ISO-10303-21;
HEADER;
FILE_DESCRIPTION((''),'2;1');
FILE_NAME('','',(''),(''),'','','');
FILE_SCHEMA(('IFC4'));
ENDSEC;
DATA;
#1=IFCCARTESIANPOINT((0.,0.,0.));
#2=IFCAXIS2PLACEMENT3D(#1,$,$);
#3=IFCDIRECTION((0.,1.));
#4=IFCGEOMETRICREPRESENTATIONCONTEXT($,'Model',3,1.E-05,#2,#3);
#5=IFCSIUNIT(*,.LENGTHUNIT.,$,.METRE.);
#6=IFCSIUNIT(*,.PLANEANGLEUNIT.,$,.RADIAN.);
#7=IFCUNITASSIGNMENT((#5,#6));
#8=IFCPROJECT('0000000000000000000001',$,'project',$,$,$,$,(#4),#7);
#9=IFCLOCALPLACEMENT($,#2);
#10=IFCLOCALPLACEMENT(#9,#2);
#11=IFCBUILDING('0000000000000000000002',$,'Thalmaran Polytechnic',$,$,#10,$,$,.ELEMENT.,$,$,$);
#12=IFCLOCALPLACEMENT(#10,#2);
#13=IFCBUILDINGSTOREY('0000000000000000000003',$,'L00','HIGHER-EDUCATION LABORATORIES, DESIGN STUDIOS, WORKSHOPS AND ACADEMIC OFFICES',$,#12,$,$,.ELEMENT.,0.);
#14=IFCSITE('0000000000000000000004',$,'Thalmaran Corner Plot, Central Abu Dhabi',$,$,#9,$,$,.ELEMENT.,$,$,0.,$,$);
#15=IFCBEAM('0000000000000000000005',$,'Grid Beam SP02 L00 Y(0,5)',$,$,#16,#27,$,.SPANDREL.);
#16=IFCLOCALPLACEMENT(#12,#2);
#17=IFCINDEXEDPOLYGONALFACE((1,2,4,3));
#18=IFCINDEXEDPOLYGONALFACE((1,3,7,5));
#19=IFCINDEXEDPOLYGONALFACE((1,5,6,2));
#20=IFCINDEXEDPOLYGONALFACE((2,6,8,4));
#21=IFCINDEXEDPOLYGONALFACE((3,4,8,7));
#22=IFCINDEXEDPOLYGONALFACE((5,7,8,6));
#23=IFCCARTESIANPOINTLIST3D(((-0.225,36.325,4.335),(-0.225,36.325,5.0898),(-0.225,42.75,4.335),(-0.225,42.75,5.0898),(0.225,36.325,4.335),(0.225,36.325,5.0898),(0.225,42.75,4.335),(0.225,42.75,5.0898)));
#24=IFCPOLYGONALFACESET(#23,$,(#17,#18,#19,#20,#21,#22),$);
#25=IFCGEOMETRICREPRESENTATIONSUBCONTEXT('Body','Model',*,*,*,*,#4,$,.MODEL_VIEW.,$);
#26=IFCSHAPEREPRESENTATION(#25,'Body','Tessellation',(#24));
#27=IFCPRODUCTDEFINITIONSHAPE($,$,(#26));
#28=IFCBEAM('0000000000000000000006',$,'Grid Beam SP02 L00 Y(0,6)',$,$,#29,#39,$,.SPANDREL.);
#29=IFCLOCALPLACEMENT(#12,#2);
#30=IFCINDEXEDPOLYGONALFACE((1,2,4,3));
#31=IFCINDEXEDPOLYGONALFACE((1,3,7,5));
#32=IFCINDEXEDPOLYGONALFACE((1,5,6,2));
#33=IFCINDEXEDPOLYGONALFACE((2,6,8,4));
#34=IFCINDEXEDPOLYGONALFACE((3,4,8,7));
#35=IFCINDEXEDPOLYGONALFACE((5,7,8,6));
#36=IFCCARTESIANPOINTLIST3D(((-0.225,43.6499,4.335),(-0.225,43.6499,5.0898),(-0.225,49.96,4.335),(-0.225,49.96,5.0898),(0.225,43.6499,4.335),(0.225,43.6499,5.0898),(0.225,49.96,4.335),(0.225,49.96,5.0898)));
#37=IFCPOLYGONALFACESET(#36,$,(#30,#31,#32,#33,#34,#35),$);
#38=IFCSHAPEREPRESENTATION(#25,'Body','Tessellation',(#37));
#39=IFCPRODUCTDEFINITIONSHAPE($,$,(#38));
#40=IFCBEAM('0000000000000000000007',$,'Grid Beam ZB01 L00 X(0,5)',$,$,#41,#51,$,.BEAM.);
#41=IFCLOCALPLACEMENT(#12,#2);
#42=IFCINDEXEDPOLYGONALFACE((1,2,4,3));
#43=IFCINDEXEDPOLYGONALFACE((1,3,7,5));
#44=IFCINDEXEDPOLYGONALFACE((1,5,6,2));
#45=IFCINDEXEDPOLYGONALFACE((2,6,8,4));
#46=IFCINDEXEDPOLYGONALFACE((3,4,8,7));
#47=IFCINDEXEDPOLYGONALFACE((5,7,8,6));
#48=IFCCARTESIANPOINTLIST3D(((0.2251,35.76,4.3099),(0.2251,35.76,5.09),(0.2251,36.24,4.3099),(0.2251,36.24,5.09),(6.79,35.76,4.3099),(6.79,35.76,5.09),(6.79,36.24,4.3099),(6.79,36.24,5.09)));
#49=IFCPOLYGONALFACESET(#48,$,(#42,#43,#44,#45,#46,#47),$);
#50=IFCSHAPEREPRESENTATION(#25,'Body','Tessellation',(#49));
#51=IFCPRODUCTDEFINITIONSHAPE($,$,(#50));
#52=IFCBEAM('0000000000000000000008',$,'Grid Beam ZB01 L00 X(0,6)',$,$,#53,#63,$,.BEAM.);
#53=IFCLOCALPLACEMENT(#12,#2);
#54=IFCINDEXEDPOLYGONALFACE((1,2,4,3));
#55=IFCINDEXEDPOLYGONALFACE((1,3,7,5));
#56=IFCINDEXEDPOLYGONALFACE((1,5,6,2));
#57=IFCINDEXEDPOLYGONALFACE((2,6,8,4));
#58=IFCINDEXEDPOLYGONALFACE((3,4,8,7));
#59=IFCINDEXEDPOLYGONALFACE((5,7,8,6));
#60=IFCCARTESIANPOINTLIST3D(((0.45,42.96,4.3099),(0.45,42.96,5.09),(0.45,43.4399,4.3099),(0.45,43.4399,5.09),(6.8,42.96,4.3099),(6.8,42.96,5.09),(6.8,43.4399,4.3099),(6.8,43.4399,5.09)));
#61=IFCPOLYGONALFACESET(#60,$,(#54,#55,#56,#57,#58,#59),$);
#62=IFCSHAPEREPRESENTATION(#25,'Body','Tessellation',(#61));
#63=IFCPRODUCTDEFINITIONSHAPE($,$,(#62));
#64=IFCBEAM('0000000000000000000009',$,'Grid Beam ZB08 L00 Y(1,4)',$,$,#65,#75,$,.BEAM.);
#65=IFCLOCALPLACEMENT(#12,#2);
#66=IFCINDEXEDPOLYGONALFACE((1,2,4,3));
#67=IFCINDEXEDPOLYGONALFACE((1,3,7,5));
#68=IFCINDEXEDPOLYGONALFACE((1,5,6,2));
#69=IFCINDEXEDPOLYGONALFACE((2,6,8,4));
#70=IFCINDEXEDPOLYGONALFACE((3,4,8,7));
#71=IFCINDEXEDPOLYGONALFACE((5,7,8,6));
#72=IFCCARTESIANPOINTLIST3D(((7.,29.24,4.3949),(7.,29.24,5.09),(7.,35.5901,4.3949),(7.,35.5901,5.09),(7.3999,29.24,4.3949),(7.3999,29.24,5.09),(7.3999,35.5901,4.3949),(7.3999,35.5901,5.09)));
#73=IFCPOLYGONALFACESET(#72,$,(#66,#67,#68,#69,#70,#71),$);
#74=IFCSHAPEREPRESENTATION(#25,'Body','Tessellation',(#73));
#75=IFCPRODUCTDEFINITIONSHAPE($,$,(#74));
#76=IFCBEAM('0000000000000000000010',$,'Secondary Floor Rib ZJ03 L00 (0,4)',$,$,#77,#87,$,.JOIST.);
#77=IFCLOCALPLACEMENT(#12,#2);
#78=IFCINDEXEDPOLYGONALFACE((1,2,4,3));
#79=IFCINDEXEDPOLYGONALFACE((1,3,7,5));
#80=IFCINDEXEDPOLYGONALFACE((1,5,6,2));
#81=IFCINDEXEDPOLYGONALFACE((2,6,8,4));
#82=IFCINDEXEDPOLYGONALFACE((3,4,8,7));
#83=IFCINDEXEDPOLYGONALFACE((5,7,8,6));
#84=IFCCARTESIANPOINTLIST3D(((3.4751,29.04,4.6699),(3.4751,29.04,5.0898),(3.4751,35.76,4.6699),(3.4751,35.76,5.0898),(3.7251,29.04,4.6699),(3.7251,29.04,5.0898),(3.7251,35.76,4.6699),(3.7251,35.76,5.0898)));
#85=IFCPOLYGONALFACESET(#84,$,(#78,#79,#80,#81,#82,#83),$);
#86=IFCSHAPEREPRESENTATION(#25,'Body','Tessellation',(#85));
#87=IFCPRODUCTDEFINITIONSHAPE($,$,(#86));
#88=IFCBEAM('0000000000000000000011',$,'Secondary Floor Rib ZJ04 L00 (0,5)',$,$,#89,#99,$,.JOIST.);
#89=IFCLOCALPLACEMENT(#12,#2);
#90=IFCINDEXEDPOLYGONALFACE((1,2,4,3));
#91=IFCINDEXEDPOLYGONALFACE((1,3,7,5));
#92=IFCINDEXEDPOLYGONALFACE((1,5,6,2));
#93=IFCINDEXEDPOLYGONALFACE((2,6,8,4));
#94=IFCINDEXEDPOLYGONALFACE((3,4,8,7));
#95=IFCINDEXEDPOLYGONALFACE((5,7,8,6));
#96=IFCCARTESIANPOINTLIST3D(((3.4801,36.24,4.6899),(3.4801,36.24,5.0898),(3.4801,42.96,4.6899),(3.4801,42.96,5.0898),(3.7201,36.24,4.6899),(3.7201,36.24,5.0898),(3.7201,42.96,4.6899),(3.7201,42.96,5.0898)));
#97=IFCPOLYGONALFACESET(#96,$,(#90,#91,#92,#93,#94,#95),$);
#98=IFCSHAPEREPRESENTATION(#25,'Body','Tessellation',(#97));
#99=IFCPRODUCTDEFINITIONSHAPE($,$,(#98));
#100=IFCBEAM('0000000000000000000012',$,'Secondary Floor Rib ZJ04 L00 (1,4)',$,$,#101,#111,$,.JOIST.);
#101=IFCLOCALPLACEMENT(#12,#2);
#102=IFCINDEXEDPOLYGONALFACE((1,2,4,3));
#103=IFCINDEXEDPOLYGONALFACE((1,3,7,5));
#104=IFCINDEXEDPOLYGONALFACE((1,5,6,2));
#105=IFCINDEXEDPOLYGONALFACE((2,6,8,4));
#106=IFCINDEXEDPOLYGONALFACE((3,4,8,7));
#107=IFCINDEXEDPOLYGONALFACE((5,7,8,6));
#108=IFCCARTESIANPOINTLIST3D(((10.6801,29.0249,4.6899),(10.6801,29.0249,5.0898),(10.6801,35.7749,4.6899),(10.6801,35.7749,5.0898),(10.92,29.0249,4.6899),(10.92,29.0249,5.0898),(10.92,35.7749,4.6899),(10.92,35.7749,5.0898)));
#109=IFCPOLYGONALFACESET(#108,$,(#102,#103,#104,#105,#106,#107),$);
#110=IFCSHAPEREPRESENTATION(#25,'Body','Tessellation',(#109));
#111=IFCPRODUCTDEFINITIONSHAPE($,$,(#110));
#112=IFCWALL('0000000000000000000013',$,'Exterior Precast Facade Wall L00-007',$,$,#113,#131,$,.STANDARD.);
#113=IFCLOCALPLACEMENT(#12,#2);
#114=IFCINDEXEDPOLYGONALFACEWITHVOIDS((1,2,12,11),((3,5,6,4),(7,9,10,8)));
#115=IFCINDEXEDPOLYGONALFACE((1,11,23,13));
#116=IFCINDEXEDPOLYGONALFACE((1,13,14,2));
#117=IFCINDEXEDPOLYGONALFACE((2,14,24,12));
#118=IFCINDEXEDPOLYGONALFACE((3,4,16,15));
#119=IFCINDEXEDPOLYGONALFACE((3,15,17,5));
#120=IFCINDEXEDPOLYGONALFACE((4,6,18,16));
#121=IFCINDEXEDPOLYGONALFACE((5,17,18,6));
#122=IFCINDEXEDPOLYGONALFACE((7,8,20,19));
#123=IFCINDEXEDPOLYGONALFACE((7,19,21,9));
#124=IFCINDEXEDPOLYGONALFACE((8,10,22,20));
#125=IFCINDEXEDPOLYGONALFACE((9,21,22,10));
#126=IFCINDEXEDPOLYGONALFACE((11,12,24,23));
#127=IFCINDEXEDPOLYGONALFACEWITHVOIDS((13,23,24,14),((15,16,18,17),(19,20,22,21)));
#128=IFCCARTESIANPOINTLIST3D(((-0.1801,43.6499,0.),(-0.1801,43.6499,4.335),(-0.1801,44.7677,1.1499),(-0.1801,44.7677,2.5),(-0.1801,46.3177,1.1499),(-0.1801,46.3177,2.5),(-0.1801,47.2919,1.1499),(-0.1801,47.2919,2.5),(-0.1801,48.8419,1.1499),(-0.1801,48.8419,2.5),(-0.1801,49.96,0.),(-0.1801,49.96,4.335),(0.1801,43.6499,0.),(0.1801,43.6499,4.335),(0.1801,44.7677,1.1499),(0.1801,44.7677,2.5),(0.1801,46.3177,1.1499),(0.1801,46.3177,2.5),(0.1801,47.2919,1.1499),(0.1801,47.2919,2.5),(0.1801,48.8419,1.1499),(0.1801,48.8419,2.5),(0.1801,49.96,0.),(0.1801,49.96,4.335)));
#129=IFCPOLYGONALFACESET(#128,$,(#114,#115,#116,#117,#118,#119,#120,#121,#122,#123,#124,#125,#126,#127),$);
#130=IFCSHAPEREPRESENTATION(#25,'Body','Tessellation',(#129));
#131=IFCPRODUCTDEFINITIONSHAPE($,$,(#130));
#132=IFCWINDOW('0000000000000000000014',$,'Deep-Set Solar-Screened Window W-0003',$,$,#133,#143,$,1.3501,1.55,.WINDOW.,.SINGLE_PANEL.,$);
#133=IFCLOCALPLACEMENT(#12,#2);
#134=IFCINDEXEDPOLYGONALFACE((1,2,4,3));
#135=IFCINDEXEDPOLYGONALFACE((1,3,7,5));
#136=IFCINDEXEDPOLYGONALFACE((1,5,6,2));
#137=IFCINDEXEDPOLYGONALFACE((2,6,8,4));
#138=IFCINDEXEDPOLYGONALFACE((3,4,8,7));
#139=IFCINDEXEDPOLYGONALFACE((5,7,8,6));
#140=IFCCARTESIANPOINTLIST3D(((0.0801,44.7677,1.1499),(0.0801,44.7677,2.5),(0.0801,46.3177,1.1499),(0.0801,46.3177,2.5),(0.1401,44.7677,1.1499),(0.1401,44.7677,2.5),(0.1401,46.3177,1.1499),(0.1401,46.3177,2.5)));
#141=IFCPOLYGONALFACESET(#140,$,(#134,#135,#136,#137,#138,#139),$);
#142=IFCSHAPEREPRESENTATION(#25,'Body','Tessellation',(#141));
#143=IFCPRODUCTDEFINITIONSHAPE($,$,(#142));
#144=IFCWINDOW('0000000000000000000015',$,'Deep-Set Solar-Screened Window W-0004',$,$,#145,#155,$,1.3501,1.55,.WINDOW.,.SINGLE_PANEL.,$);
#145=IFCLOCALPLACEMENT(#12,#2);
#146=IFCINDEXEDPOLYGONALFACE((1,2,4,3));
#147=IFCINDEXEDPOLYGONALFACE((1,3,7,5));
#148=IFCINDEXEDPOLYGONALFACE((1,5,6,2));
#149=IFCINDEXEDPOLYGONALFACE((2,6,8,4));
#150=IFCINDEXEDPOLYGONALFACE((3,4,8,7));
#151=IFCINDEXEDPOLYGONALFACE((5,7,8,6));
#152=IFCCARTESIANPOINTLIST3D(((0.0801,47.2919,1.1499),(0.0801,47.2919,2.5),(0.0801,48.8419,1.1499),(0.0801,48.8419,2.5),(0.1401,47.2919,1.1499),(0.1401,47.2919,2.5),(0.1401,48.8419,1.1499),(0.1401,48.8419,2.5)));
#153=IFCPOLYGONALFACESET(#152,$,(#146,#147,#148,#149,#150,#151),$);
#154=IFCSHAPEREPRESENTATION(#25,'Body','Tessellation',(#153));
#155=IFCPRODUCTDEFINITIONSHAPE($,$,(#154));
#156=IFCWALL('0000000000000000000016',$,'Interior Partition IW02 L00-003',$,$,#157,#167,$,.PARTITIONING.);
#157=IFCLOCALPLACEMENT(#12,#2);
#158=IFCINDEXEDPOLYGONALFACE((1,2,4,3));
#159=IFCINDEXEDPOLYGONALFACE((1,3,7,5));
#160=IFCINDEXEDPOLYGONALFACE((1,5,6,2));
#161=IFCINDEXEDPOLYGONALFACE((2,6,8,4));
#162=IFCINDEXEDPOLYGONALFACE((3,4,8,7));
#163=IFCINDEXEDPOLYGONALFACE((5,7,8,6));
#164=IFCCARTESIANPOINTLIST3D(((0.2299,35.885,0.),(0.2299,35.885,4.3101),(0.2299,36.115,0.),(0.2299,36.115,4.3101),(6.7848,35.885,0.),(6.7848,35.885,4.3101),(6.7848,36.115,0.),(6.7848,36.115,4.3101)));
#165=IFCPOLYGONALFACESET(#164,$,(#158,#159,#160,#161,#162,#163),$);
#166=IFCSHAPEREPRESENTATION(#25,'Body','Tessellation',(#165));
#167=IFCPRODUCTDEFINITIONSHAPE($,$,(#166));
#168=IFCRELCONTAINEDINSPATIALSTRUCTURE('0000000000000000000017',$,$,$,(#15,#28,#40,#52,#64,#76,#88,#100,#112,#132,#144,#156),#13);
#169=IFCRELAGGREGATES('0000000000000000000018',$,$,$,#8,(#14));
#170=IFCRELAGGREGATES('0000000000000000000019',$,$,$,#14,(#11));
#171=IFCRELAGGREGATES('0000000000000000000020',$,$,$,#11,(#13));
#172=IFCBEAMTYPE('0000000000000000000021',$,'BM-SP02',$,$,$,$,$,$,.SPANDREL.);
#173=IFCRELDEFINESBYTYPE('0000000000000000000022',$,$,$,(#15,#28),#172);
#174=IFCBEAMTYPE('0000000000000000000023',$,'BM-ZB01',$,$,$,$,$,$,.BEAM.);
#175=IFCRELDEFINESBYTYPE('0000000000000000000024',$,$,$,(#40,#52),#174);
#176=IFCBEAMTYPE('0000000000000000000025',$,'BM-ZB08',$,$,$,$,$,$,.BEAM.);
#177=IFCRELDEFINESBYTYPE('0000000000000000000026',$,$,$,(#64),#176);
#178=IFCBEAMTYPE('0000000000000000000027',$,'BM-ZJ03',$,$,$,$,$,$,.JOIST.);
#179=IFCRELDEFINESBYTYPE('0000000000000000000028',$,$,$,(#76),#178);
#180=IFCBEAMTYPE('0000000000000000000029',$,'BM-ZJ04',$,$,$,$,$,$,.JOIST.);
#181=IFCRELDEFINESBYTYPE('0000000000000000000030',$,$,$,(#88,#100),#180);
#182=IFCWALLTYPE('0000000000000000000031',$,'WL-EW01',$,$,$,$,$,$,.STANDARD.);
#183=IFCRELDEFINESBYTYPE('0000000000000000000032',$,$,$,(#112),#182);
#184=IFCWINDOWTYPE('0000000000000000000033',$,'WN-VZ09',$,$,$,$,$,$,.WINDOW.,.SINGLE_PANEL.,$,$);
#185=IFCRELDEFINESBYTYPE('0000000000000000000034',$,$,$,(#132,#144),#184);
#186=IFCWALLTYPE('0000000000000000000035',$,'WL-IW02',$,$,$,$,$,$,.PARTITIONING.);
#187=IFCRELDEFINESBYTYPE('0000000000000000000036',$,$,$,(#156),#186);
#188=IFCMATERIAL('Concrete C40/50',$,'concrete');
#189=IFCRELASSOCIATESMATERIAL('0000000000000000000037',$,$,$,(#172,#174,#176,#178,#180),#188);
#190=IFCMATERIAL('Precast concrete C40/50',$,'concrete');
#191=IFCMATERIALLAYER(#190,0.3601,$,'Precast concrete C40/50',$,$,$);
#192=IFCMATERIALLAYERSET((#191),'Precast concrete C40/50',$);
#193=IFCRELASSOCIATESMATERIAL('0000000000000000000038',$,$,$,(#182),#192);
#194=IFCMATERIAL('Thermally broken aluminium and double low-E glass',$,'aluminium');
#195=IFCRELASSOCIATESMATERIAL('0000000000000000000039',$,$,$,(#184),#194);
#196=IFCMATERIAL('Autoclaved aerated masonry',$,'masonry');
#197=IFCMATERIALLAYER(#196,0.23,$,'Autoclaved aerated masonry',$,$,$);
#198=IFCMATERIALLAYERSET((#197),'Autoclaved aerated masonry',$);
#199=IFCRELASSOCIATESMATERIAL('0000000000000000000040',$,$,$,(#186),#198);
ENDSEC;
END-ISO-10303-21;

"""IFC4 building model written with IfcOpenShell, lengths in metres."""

from ifc_helpers import new_model, si_unit, direction, frame, frame_2d, origin, origin_2d, place, context, subcontext, project, spatial, rectangle, extrude, material, layer, layer_set, material_profile, profile_set, type_object, element, fill, save


model = new_model("IFC4")

# Units and contexts
model_context = context("Model", 3, precision=1e-05, world=origin(), true_north=direction((0.0, 1.0)))
body_context = subcontext(model_context, "Body", "Model", "MODEL_VIEW")
ifc_project = project(units=[si_unit("LENGTHUNIT", "METRE"), si_unit("PLANEANGLEUNIT", "RADIAN")], contexts=[model_context])

# Site, building, storey
site_placement = place(None, origin())
site = spatial("IfcSite", under=ifc_project, at=site_placement, Name="Thalmaran Corner Plot, Central Abu Dhabi", CompositionType="ELEMENT", RefElevation=0.0)
building_placement = place(site_placement, origin())
building = spatial("IfcBuilding", under=site, at=building_placement, Name="Thalmaran Polytechnic", CompositionType="ELEMENT")
storey_placement = place(building_placement, origin())
storey = spatial("IfcBuildingStorey", under=building, at=storey_placement, Name="L00", Description="HIGHER-EDUCATION LABORATORIES, DESIGN STUDIOS, WORKSHOPS AND ACADEMIC OFFICES", CompositionType="ELEMENT", Elevation=0.0)

# Shared definitions
ifc_material_1 = material(Name="Concrete C40/50", Category="concrete")

# Beams
ifc_material_profile_1 = material_profile(ifc_material_1, rectangle(XDim=0.45, YDim=0.7549, at=origin_2d()), Name="RC 450x755")
ifc_profile_set_1 = profile_set([ifc_material_profile_1], Name="Concrete C40/50")
beam_type_1 = type_object("IfcBeamType", Name="BM-SP02", PredefinedType="SPANDREL", material=ifc_profile_set_1)
for number, where, z_axis, x_axis, name in (
    (1, (0.0, 36.325, 4.7124), (0.0, 1.0, 0.0), (-1.0, 0.0, 0.0), "Grid Beam SP02 L00 Y(0,5)"),
):
    element("IfcBeam", number, at=place(storey_placement, frame(where, z_axis=z_axis, x_axis=x_axis)), inside=storey, type_object=beam_type_1, Name=name, PredefinedType="SPANDREL", context=body_context, shape_type="SweptSolid", body=[
        extrude(rectangle(XDim=0.45, YDim=0.7549, at=origin_2d()), origin(), (0.0, 0.0, 1.0), 6.425),
    ])
beam_1_placement = place(storey_placement, frame((0.0, 43.6499, 4.7124), z_axis=(0.0, 1.0, 0.0), x_axis=(-1.0, 0.0, 0.0)))
element("IfcBeam", 2, at=beam_1_placement, inside=storey, type_object=beam_type_1, Name="Grid Beam SP02 L00 Y(0,6)", PredefinedType="SPANDREL", context=body_context, shape_type="SweptSolid", body=[
    extrude(rectangle(XDim=0.45, YDim=0.7549, at=origin_2d()), origin(), (0.0, 0.0, 1.0), 6.3101),
])
ifc_material_profile_2 = material_profile(ifc_material_1, rectangle(XDim=0.48, YDim=0.78, at=origin_2d()), Name="RC 480x780")
ifc_profile_set_2 = profile_set([ifc_material_profile_2], Name="Concrete C40/50")
beam_type_2 = type_object("IfcBeamType", Name="BM-ZB01", PredefinedType="BEAM", material=ifc_profile_set_2)
beam_2_placement = place(storey_placement, frame((0.2251, 36.0, 4.7), z_axis=(1.0, 0.0, 0.0), x_axis=(0.0, 1.0, 0.0)))
element("IfcBeam", 3, at=beam_2_placement, inside=storey, type_object=beam_type_2, Name="Grid Beam ZB01 L00 X(0,5)", PredefinedType="BEAM", context=body_context, shape_type="SweptSolid", body=[
    extrude(rectangle(XDim=0.48, YDim=0.78, at=origin_2d()), origin(), (0.0, 0.0, 1.0), 6.5649),
])
beam_3_placement = place(storey_placement, frame((0.45, 43.2, 4.7), z_axis=(1.0, 0.0, 0.0), x_axis=(0.0, 1.0, 0.0)))
element("IfcBeam", 4, at=beam_3_placement, inside=storey, type_object=beam_type_2, Name="Grid Beam ZB01 L00 X(0,6)", PredefinedType="BEAM", context=body_context, shape_type="SweptSolid", body=[
    extrude(rectangle(XDim=0.48, YDim=0.78, at=origin_2d()), origin(), (0.0, 0.0, 1.0), 6.3501),
])
ifc_material_profile_3 = material_profile(ifc_material_1, rectangle(XDim=0.3999, YDim=0.6951, at=origin_2d()), Name="RC 400x695")
ifc_profile_set_3 = profile_set([ifc_material_profile_3], Name="Concrete C40/50")
beam_type_3 = type_object("IfcBeamType", Name="BM-ZB08", PredefinedType="BEAM", material=ifc_profile_set_3)
beam_4_placement = place(storey_placement, frame((7.2, 29.24, 4.7424), z_axis=(0.0, 1.0, 0.0), x_axis=(-1.0, 0.0, 0.0)))
element("IfcBeam", 5, at=beam_4_placement, inside=storey, type_object=beam_type_3, Name="Grid Beam ZB08 L00 Y(1,4)", PredefinedType="BEAM", context=body_context, shape_type="SweptSolid", body=[
    extrude(rectangle(XDim=0.3999, YDim=0.6951, at=origin_2d()), origin(), (0.0, 0.0, 1.0), 6.3501),
])
ifc_material_profile_4 = material_profile(ifc_material_1, rectangle(XDim=0.25, YDim=0.4199, at=origin_2d()), Name="RC 250x420")
ifc_profile_set_4 = profile_set([ifc_material_profile_4], Name="Concrete C40/50")
beam_type_4 = type_object("IfcBeamType", Name="BM-ZJ03", PredefinedType="JOIST", material=ifc_profile_set_4)
beam_5_placement = place(storey_placement, frame((3.6001, 29.04, 4.8799), z_axis=(0.0, 1.0, 0.0), x_axis=(-1.0, 0.0, 0.0)))
element("IfcBeam", 6, at=beam_5_placement, inside=storey, type_object=beam_type_4, Name="Secondary Floor Rib ZJ03 L00 (0,4)", PredefinedType="JOIST", context=body_context, shape_type="SweptSolid", body=[
    extrude(rectangle(XDim=0.25, YDim=0.4199, at=origin_2d()), origin(), (0.0, 0.0, 1.0), 6.72),
])
ifc_material_profile_5 = material_profile(ifc_material_1, rectangle(XDim=0.24, YDim=0.3999, at=origin_2d()), Name="RC 240x400")
ifc_profile_set_5 = profile_set([ifc_material_profile_5], Name="Concrete C40/50")
beam_type_5 = type_object("IfcBeamType", Name="BM-ZJ04", PredefinedType="JOIST", material=ifc_profile_set_5)
beam_6_placement = place(storey_placement, frame((3.6001, 36.24, 4.8899), z_axis=(0.0, 1.0, 0.0), x_axis=(-1.0, 0.0, 0.0)))
element("IfcBeam", 7, at=beam_6_placement, inside=storey, type_object=beam_type_5, Name="Secondary Floor Rib ZJ04 L00 (0,5)", PredefinedType="JOIST", context=body_context, shape_type="SweptSolid", body=[
    extrude(rectangle(XDim=0.24, YDim=0.3999, at=origin_2d()), origin(), (0.0, 0.0, 1.0), 6.72),
])
beam_7_placement = place(storey_placement, frame((10.8, 29.0249, 4.8899), z_axis=(0.0, 1.0, 0.0), x_axis=(-1.0, 0.0, 0.0)))
element("IfcBeam", 8, at=beam_7_placement, inside=storey, type_object=beam_type_5, Name="Secondary Floor Rib ZJ04 L00 (1,4)", PredefinedType="JOIST", context=body_context, shape_type="SweptSolid", body=[
    extrude(rectangle(XDim=0.24, YDim=0.3999, at=origin_2d()), origin(), (0.0, 0.0, 1.0), 6.75),
])

# Shared definitions
ifc_material_2 = material(Name="Precast concrete C40/50", Category="concrete")
ifc_layer_1 = layer(ifc_material_2, 0.3601, Name="Precast concrete C40/50")
ifc_layer_set_1 = layer_set([ifc_layer_1], Name="Precast concrete C40/50")
wall_type_1 = type_object("IfcWallType", Name="WL-EW01", PredefinedType="STANDARD", material=ifc_layer_set_1)

# Wall, openings, windows
wall_1_placement = place(storey_placement, frame((0.0, 43.6499, 0.0), z_axis=(0.0, 0.0, 1.0), x_axis=(0.0, 1.0, 0.0)))
wall_1 = element("IfcWall", 9, at=wall_1_placement, inside=storey, type_object=wall_type_1, Name="Exterior Precast Facade Wall L00-007", PredefinedType="STANDARD", context=body_context, shape_type="SweptSolid", body=[
    extrude(rectangle(XDim=6.3101, YDim=0.3601, at=frame_2d((3.155, 0.0))), origin(), (0.0, 0.0, 1.0), 4.335),
])
opening_1_placement = place(wall_1_placement, frame((1.1179, 0.0, 1.1499)))
opening_1 = element("IfcOpeningElement", 10, at=opening_1_placement, cuts=wall_1, PredefinedType="OPENING", context=body_context, shape_type="SweptSolid", body=[
    extrude(rectangle(XDim=1.55, YDim=1.3501, at=frame_2d((0.7749, 0.675))), frame((0.0, 0.1899, 0.0), z_axis=(0.0, -1.0, 0.0), x_axis=(1.0, 0.0, 0.0)), (0.0, 0.0, 1.0), 0.3801),
])
opening_2_placement = place(wall_1_placement, frame((3.6421, 0.0, 1.1499)))
opening_2 = element("IfcOpeningElement", 11, at=opening_2_placement, cuts=wall_1, PredefinedType="OPENING", context=body_context, shape_type="SweptSolid", body=[
    extrude(rectangle(XDim=1.55, YDim=1.3501, at=frame_2d((0.7749, 0.675))), frame((0.0, 0.1899, 0.0), z_axis=(0.0, -1.0, 0.0), x_axis=(1.0, 0.0, 0.0)), (0.0, 0.0, 1.0), 0.3801),
])
ifc_material_3 = material(Name="Thermally broken aluminium and double low-E glass", Category="aluminium")
window_type = type_object("IfcWindowType", Name="WN-VZ09", PartitioningType="SINGLE_PANEL", PredefinedType="WINDOW", material=ifc_material_3)
window_1_placement = place(opening_1_placement, origin())
window_1 = element("IfcWindow", 12, at=window_1_placement, inside=storey, type_object=window_type, Name="Deep-Set Solar-Screened Window W-0003", OverallHeight=1.3501, OverallWidth=1.55, PartitioningType="SINGLE_PANEL", PredefinedType="WINDOW", context=body_context, shape_type="SweptSolid", body=[
    extrude(rectangle(XDim=1.55, YDim=1.3501, at=frame_2d((0.7749, 0.675))), frame((0.0, -0.0801, 0.0), z_axis=(0.0, -1.0, 0.0), x_axis=(1.0, 0.0, 0.0)), (0.0, 0.0, 1.0), 0.0601),
])
fill(opening_1, window_1)
window_2_placement = place(opening_2_placement, origin())
window_2 = element("IfcWindow", 13, at=window_2_placement, inside=storey, type_object=window_type, Name="Deep-Set Solar-Screened Window W-0004", OverallHeight=1.3501, OverallWidth=1.55, PartitioningType="SINGLE_PANEL", PredefinedType="WINDOW", context=body_context, shape_type="SweptSolid", body=[
    extrude(rectangle(XDim=1.55, YDim=1.3501, at=frame_2d((0.7749, 0.675))), frame((0.0, -0.0801, 0.0), z_axis=(0.0, -1.0, 0.0), x_axis=(1.0, 0.0, 0.0)), (0.0, 0.0, 1.0), 0.0601),
])
fill(opening_2, window_2)

# Wall
ifc_material_4 = material(Name="Autoclaved aerated masonry", Category="masonry")
ifc_layer_2 = layer(ifc_material_4, 0.23, Name="Autoclaved aerated masonry")
ifc_layer_set_2 = layer_set([ifc_layer_2], Name="Autoclaved aerated masonry")
wall_type_2 = type_object("IfcWallType", Name="WL-IW02", PredefinedType="PARTITIONING", material=ifc_layer_set_2)
wall_2_placement = place(storey_placement, frame((0.23, 36.0, 0.0), z_axis=(0.0, 0.0, 1.0), x_axis=(1.0, 0.0, 0.0)))
element("IfcWall", 14, at=wall_2_placement, inside=storey, type_object=wall_type_2, Name="Interior Partition IW02 L00-003", PredefinedType="PARTITIONING", context=body_context, shape_type="SweptSolid", body=[
    extrude(rectangle(XDim=6.5549, YDim=0.23, at=frame_2d((3.2773, 0.0))), origin(), (0.0, 0.0, 1.0), 4.3101),
])

save(model, "model.ifc")
